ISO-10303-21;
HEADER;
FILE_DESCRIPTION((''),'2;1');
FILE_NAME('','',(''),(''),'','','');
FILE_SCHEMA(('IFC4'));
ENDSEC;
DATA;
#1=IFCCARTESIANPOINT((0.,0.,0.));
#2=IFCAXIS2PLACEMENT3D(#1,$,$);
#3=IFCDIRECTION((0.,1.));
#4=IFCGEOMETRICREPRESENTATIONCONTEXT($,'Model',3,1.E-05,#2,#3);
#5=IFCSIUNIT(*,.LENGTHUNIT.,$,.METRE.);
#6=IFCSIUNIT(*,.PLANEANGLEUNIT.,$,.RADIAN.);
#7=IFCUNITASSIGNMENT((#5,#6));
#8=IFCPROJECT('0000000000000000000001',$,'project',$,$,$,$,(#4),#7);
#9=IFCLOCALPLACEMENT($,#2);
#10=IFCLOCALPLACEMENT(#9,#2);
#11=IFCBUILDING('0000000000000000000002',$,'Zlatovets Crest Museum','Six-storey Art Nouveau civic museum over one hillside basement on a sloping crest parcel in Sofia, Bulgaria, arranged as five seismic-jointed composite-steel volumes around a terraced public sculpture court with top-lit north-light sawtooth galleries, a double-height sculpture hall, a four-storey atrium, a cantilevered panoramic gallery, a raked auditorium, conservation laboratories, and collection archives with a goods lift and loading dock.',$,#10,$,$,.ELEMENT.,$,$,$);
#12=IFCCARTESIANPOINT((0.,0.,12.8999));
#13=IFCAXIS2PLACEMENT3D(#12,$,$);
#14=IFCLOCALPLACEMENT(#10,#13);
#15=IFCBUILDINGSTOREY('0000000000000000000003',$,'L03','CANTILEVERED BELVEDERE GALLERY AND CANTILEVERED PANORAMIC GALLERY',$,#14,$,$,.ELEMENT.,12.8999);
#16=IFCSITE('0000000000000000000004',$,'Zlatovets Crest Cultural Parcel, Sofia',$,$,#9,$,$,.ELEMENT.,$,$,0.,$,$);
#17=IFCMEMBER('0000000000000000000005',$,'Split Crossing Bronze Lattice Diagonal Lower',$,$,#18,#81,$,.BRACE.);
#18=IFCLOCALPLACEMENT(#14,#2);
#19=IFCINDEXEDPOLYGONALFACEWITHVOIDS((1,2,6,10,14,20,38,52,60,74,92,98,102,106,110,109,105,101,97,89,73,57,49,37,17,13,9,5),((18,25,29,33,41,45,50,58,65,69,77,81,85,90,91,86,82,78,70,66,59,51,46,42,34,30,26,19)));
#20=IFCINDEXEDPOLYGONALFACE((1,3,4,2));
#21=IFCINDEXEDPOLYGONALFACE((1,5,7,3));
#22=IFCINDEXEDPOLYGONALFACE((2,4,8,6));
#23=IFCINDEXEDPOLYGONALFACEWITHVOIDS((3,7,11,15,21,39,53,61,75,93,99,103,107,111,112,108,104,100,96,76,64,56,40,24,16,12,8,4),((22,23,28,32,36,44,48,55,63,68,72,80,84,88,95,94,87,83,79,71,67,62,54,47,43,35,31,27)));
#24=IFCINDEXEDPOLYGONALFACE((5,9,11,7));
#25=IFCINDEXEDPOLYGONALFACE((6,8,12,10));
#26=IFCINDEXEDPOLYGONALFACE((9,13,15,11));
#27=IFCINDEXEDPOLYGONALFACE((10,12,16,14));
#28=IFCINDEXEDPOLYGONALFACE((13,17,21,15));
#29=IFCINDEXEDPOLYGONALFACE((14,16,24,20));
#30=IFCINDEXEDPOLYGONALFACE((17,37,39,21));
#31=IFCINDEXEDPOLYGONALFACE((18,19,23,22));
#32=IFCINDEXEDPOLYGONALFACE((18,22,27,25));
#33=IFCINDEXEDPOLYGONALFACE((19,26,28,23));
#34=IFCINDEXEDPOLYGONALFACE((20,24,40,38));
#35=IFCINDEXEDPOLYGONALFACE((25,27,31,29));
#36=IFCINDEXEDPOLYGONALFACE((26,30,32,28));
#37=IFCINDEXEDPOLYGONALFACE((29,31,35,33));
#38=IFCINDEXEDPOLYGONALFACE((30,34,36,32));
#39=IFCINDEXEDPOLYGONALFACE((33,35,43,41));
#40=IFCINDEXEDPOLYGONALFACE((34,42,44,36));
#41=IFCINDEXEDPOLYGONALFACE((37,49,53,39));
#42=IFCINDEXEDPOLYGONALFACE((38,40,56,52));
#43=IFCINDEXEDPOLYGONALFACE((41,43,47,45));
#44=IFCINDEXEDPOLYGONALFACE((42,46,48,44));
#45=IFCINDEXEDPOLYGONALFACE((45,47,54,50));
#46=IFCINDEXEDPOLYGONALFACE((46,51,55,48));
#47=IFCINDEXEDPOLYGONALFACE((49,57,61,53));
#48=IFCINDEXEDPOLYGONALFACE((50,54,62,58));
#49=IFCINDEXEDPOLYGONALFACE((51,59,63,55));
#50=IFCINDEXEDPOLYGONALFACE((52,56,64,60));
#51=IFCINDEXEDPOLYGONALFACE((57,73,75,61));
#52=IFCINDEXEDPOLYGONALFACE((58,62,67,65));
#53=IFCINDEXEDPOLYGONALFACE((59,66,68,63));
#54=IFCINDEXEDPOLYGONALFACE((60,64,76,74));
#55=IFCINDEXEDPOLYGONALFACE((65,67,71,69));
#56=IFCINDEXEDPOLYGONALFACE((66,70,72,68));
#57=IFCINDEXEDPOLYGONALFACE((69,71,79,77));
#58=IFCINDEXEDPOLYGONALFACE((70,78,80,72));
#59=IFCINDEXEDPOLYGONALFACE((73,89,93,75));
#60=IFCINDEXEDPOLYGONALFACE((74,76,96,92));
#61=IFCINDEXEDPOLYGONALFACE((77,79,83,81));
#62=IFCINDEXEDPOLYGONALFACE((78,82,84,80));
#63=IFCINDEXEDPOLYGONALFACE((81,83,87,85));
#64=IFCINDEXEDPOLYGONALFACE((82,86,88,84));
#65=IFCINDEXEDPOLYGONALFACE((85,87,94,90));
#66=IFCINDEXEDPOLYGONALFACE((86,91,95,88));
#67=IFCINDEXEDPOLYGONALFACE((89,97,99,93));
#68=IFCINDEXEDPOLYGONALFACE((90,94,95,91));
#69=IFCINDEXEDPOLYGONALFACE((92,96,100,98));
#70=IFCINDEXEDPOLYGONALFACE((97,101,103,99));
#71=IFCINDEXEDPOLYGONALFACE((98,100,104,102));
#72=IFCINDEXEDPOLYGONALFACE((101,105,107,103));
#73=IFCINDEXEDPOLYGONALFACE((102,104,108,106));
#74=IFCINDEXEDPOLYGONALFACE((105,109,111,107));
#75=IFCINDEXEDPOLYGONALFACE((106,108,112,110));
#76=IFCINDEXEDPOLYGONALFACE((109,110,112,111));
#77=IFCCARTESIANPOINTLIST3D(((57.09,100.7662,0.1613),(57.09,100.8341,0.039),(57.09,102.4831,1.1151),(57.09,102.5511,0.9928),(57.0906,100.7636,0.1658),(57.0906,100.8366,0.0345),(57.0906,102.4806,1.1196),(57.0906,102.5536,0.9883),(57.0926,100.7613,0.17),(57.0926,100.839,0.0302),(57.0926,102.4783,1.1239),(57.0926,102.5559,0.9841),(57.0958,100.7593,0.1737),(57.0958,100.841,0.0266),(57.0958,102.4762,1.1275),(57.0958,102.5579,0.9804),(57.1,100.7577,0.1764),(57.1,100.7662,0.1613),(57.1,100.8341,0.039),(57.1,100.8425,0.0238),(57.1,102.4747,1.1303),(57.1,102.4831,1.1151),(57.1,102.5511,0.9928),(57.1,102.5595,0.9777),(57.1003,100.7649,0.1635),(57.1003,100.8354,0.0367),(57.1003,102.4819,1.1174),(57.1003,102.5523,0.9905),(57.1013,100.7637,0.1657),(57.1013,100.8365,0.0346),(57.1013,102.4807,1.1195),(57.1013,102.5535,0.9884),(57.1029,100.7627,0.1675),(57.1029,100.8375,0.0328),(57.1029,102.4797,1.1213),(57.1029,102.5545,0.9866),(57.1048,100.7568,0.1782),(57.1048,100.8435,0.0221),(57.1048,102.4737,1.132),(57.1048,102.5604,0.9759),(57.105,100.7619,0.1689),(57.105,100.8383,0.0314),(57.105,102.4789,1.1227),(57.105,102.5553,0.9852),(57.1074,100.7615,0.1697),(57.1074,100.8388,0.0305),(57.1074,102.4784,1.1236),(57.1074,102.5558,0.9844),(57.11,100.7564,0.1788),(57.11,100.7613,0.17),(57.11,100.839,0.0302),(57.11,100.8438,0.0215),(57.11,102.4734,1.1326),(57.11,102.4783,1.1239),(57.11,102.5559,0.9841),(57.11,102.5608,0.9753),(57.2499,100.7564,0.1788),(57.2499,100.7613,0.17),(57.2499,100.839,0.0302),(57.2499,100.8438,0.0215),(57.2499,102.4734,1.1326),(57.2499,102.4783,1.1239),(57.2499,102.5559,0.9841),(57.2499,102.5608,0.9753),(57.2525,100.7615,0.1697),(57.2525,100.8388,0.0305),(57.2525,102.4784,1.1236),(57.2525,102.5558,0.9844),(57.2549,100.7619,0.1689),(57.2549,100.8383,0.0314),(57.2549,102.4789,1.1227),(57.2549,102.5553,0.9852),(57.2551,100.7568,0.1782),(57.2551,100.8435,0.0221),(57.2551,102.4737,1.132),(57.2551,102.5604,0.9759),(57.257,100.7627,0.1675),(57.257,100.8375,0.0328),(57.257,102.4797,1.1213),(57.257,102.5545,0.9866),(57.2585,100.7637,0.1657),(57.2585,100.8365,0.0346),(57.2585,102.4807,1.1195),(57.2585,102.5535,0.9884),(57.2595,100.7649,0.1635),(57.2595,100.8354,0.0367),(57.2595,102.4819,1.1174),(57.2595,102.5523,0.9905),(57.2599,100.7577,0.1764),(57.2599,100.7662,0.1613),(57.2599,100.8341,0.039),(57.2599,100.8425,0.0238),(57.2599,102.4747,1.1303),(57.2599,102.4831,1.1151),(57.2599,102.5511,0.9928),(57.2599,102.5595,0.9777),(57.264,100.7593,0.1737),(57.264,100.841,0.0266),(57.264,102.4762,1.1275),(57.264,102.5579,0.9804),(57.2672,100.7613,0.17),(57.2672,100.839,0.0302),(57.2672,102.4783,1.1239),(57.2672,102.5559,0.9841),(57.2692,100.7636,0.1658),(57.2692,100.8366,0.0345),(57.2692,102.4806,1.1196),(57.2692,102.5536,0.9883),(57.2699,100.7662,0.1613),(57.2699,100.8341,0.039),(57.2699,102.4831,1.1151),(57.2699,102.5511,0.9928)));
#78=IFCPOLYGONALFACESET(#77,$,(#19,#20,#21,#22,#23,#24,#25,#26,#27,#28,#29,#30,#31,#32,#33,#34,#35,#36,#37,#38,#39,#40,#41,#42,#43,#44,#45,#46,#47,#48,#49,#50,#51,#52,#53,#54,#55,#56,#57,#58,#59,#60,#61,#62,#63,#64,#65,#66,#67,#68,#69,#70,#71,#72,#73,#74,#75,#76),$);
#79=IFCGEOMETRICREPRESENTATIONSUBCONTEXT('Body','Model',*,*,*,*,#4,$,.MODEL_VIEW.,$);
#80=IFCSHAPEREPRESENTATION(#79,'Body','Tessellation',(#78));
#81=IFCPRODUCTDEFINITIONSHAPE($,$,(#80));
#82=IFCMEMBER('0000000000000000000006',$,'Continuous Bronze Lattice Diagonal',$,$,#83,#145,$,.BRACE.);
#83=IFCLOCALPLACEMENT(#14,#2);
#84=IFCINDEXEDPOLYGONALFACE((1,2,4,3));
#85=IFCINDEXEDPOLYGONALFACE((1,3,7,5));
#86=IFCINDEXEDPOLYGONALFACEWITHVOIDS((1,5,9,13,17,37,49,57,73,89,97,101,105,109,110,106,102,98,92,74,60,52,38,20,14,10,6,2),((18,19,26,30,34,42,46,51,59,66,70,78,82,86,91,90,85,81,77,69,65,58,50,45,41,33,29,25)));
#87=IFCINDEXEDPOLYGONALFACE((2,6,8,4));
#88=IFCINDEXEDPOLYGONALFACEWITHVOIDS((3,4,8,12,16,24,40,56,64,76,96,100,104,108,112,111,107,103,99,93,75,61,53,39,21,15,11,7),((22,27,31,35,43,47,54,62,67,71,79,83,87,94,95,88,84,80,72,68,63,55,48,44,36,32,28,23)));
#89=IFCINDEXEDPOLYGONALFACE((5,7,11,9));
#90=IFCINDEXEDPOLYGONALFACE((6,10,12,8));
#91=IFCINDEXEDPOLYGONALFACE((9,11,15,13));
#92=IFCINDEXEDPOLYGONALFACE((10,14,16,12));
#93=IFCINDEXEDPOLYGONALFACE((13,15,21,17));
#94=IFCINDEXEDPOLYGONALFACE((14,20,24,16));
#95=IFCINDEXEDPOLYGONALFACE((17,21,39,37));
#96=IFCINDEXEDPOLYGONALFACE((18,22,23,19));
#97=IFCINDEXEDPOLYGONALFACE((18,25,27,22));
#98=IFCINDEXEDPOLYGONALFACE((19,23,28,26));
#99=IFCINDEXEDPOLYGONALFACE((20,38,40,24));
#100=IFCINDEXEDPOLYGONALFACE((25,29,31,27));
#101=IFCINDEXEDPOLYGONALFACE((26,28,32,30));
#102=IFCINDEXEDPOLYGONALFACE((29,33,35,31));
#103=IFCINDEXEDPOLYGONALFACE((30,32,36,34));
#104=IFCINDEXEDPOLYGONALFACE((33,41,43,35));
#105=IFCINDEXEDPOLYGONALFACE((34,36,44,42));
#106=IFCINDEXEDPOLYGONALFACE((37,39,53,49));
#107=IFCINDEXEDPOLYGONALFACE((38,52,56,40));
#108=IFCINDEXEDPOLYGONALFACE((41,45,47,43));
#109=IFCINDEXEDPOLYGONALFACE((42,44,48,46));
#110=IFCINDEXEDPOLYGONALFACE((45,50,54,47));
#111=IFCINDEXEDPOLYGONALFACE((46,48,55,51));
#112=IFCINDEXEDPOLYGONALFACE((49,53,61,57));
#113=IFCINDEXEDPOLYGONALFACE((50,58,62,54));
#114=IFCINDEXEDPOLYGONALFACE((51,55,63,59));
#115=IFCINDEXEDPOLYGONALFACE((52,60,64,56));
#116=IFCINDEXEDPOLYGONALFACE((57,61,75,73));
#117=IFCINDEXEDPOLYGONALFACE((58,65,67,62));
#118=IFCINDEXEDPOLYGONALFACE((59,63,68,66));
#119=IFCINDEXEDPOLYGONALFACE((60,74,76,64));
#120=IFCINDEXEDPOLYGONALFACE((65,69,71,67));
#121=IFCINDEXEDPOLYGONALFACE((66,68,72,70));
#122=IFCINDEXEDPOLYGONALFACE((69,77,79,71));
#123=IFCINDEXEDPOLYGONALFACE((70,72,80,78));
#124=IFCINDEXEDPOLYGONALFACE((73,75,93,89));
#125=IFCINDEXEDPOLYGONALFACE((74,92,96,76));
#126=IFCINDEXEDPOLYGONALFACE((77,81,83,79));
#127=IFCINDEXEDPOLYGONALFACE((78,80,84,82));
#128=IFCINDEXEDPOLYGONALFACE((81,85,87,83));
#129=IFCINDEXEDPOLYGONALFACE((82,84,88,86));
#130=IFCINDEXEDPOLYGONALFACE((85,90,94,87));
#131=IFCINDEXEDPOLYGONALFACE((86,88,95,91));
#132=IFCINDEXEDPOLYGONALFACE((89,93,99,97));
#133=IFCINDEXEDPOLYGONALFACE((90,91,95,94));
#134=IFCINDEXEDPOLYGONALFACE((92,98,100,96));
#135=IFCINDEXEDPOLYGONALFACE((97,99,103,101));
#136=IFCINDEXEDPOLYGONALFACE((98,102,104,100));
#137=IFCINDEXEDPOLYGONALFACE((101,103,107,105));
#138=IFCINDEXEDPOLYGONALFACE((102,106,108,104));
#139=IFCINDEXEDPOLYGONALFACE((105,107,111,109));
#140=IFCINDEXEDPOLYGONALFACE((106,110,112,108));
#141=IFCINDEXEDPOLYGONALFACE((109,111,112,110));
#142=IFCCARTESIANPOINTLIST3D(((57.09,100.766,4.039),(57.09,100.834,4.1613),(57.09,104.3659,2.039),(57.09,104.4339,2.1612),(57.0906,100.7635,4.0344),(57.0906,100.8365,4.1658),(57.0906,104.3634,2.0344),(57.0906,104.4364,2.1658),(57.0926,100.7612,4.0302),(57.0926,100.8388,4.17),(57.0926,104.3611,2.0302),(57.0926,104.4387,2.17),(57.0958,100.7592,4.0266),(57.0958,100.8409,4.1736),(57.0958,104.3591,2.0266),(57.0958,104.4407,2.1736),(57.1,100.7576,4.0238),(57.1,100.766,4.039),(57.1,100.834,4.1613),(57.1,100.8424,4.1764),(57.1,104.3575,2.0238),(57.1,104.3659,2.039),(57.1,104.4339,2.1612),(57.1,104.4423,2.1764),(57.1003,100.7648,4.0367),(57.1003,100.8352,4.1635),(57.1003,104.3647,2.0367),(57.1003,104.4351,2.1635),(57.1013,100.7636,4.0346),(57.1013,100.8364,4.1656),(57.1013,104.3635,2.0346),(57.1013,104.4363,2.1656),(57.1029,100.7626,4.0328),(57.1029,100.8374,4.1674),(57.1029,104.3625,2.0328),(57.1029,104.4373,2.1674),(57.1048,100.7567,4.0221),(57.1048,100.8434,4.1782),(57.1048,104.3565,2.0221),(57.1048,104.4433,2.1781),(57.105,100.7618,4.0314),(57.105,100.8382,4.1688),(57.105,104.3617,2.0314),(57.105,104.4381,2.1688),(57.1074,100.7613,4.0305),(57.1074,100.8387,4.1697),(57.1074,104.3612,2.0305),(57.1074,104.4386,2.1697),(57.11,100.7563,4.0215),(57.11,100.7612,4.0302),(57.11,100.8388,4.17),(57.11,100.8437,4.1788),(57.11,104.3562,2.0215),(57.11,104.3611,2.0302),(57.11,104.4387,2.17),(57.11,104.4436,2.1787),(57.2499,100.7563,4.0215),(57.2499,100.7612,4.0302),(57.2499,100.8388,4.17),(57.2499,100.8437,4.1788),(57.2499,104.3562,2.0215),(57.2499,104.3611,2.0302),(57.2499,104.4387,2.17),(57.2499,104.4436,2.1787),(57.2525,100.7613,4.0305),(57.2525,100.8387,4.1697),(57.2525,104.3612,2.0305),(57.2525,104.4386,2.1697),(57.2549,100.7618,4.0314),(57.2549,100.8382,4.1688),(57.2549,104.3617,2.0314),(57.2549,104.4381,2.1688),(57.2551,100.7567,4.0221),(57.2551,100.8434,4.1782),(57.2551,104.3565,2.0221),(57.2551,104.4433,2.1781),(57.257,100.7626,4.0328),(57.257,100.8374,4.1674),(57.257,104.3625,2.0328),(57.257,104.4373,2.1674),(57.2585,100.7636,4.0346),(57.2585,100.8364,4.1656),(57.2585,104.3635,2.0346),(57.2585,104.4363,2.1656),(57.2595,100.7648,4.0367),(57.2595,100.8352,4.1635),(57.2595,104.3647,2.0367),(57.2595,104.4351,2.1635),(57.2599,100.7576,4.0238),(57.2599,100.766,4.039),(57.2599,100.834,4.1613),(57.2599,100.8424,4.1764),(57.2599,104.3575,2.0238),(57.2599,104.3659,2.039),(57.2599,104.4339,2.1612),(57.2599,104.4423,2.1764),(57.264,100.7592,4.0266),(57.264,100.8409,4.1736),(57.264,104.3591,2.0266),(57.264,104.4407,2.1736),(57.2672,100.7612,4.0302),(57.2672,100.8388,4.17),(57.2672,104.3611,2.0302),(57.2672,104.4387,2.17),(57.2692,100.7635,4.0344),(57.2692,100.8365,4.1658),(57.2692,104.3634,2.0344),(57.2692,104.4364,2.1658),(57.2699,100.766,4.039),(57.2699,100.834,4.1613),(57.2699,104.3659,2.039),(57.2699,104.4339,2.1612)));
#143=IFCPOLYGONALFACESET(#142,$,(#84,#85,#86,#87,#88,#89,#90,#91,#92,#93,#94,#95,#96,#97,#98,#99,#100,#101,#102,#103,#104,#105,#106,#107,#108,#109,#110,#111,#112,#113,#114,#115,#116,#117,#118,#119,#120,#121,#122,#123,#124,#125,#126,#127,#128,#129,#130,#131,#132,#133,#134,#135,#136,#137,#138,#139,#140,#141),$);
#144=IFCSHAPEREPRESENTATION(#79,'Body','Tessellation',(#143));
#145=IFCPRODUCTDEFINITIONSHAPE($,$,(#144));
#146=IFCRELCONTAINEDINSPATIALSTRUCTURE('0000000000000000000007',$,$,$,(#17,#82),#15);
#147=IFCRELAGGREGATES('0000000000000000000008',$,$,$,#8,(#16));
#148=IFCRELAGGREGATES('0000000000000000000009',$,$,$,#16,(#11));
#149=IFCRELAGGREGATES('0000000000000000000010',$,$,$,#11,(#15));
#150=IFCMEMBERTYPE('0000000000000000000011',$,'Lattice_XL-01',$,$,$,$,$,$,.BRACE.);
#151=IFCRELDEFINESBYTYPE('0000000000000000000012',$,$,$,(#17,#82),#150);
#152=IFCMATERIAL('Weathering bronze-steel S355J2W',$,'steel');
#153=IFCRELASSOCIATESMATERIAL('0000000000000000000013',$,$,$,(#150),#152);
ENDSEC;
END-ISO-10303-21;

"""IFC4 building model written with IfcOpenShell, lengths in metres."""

from ifc_helpers import new_model, si_unit, direction, frame, origin, origin_2d, place, context, subcontext, project, spatial, hollow_rectangle, extrude, material, material_profile, profile_set, type_object, element, save


model = new_model("IFC4")

# Units and contexts
model_context = context("Model", 3, precision=1e-05, world=origin(), true_north=direction((0.0, 1.0)))
body_context = subcontext(model_context, "Body", "Model", "MODEL_VIEW")
ifc_project = project(units=[si_unit("LENGTHUNIT", "METRE"), si_unit("PLANEANGLEUNIT", "RADIAN")], contexts=[model_context])

# Site, building, storey
site_placement = place(None, origin())
site = spatial("IfcSite", under=ifc_project, at=site_placement, Name="Zlatovets Crest Cultural Parcel, Sofia", CompositionType="ELEMENT", RefElevation=0.0)
building_placement = place(site_placement, origin())
building = spatial("IfcBuilding", under=site, at=building_placement, Name="Zlatovets Crest Museum", Description="Six-storey Art Nouveau civic museum over one hillside basement on a sloping crest parcel in Sofia, Bulgaria, arranged as five seismic-jointed composite-steel volumes around a terraced public sculpture court with top-lit north-light sawtooth galleries, a double-height sculpture hall, a four-storey atrium, a cantilevered panoramic gallery, a raked auditorium, conservation laboratories, and collection archives with a goods lift and loading dock.", CompositionType="ELEMENT")
storey_placement = place(building_placement, frame((0.0, 0.0, 12.8999)))
storey = spatial("IfcBuildingStorey", under=building, at=storey_placement, Name="L03", Description="CANTILEVERED BELVEDERE GALLERY AND CANTILEVERED PANORAMIC GALLERY", CompositionType="ELEMENT", Elevation=12.8999)

# Members
ifc_material_1 = material(Name="Weathering bronze-steel S355J2W", Category="steel")
ifc_material_profile_1 = material_profile(ifc_material_1, hollow_rectangle(XDim=0.1799, YDim=0.1799, WallThickness=0.01, InnerFilletRadius=0.01, OuterFilletRadius=0.02, at=origin_2d()), Name="SHS 180x180x10.0")
ifc_profile_set_1 = profile_set([ifc_material_profile_1], Name="Weathering bronze-steel S355J2W")
member_type_1 = type_object("IfcMemberType", Name="Lattice_XL-01", PredefinedType="BRACE", material=ifc_profile_set_1)
member_1_placement = place(storey_placement, frame((57.1799, 102.5171, 1.054), z_axis=(0.0, -0.874169, -0.485622), x_axis=(1.0, 0.0, 0.0)))
element("IfcMember", 1, at=member_1_placement, inside=storey, type_object=member_type_1, Name="Split Crossing Bronze Lattice Diagonal Lower", PredefinedType="BRACE", context=body_context, shape_type="SweptSolid", body=[
    extrude(hollow_rectangle(XDim=0.1799, YDim=0.1799, WallThickness=0.01, InnerFilletRadius=0.01, OuterFilletRadius=0.02, at=origin_2d()), origin(), (0.0, 0.0, 1.0), 1.9641),
])
member_2_placement = place(storey_placement, frame((57.1799, 104.3999, 2.1001), z_axis=(0.0, -0.874149, 0.485658), x_axis=(1.0, 0.0, 0.0)))
element("IfcMember", 2, at=member_2_placement, inside=storey, type_object=member_type_1, Name="Continuous Bronze Lattice Diagonal", PredefinedType="BRACE", context=body_context, shape_type="SweptSolid", body=[
    extrude(hollow_rectangle(XDim=0.1799, YDim=0.1799, WallThickness=0.01, InnerFilletRadius=0.01, OuterFilletRadius=0.02, at=origin_2d()), origin(), (0.0, 0.0, 1.0), 4.1182),
])

save(model, "model.ifc")
